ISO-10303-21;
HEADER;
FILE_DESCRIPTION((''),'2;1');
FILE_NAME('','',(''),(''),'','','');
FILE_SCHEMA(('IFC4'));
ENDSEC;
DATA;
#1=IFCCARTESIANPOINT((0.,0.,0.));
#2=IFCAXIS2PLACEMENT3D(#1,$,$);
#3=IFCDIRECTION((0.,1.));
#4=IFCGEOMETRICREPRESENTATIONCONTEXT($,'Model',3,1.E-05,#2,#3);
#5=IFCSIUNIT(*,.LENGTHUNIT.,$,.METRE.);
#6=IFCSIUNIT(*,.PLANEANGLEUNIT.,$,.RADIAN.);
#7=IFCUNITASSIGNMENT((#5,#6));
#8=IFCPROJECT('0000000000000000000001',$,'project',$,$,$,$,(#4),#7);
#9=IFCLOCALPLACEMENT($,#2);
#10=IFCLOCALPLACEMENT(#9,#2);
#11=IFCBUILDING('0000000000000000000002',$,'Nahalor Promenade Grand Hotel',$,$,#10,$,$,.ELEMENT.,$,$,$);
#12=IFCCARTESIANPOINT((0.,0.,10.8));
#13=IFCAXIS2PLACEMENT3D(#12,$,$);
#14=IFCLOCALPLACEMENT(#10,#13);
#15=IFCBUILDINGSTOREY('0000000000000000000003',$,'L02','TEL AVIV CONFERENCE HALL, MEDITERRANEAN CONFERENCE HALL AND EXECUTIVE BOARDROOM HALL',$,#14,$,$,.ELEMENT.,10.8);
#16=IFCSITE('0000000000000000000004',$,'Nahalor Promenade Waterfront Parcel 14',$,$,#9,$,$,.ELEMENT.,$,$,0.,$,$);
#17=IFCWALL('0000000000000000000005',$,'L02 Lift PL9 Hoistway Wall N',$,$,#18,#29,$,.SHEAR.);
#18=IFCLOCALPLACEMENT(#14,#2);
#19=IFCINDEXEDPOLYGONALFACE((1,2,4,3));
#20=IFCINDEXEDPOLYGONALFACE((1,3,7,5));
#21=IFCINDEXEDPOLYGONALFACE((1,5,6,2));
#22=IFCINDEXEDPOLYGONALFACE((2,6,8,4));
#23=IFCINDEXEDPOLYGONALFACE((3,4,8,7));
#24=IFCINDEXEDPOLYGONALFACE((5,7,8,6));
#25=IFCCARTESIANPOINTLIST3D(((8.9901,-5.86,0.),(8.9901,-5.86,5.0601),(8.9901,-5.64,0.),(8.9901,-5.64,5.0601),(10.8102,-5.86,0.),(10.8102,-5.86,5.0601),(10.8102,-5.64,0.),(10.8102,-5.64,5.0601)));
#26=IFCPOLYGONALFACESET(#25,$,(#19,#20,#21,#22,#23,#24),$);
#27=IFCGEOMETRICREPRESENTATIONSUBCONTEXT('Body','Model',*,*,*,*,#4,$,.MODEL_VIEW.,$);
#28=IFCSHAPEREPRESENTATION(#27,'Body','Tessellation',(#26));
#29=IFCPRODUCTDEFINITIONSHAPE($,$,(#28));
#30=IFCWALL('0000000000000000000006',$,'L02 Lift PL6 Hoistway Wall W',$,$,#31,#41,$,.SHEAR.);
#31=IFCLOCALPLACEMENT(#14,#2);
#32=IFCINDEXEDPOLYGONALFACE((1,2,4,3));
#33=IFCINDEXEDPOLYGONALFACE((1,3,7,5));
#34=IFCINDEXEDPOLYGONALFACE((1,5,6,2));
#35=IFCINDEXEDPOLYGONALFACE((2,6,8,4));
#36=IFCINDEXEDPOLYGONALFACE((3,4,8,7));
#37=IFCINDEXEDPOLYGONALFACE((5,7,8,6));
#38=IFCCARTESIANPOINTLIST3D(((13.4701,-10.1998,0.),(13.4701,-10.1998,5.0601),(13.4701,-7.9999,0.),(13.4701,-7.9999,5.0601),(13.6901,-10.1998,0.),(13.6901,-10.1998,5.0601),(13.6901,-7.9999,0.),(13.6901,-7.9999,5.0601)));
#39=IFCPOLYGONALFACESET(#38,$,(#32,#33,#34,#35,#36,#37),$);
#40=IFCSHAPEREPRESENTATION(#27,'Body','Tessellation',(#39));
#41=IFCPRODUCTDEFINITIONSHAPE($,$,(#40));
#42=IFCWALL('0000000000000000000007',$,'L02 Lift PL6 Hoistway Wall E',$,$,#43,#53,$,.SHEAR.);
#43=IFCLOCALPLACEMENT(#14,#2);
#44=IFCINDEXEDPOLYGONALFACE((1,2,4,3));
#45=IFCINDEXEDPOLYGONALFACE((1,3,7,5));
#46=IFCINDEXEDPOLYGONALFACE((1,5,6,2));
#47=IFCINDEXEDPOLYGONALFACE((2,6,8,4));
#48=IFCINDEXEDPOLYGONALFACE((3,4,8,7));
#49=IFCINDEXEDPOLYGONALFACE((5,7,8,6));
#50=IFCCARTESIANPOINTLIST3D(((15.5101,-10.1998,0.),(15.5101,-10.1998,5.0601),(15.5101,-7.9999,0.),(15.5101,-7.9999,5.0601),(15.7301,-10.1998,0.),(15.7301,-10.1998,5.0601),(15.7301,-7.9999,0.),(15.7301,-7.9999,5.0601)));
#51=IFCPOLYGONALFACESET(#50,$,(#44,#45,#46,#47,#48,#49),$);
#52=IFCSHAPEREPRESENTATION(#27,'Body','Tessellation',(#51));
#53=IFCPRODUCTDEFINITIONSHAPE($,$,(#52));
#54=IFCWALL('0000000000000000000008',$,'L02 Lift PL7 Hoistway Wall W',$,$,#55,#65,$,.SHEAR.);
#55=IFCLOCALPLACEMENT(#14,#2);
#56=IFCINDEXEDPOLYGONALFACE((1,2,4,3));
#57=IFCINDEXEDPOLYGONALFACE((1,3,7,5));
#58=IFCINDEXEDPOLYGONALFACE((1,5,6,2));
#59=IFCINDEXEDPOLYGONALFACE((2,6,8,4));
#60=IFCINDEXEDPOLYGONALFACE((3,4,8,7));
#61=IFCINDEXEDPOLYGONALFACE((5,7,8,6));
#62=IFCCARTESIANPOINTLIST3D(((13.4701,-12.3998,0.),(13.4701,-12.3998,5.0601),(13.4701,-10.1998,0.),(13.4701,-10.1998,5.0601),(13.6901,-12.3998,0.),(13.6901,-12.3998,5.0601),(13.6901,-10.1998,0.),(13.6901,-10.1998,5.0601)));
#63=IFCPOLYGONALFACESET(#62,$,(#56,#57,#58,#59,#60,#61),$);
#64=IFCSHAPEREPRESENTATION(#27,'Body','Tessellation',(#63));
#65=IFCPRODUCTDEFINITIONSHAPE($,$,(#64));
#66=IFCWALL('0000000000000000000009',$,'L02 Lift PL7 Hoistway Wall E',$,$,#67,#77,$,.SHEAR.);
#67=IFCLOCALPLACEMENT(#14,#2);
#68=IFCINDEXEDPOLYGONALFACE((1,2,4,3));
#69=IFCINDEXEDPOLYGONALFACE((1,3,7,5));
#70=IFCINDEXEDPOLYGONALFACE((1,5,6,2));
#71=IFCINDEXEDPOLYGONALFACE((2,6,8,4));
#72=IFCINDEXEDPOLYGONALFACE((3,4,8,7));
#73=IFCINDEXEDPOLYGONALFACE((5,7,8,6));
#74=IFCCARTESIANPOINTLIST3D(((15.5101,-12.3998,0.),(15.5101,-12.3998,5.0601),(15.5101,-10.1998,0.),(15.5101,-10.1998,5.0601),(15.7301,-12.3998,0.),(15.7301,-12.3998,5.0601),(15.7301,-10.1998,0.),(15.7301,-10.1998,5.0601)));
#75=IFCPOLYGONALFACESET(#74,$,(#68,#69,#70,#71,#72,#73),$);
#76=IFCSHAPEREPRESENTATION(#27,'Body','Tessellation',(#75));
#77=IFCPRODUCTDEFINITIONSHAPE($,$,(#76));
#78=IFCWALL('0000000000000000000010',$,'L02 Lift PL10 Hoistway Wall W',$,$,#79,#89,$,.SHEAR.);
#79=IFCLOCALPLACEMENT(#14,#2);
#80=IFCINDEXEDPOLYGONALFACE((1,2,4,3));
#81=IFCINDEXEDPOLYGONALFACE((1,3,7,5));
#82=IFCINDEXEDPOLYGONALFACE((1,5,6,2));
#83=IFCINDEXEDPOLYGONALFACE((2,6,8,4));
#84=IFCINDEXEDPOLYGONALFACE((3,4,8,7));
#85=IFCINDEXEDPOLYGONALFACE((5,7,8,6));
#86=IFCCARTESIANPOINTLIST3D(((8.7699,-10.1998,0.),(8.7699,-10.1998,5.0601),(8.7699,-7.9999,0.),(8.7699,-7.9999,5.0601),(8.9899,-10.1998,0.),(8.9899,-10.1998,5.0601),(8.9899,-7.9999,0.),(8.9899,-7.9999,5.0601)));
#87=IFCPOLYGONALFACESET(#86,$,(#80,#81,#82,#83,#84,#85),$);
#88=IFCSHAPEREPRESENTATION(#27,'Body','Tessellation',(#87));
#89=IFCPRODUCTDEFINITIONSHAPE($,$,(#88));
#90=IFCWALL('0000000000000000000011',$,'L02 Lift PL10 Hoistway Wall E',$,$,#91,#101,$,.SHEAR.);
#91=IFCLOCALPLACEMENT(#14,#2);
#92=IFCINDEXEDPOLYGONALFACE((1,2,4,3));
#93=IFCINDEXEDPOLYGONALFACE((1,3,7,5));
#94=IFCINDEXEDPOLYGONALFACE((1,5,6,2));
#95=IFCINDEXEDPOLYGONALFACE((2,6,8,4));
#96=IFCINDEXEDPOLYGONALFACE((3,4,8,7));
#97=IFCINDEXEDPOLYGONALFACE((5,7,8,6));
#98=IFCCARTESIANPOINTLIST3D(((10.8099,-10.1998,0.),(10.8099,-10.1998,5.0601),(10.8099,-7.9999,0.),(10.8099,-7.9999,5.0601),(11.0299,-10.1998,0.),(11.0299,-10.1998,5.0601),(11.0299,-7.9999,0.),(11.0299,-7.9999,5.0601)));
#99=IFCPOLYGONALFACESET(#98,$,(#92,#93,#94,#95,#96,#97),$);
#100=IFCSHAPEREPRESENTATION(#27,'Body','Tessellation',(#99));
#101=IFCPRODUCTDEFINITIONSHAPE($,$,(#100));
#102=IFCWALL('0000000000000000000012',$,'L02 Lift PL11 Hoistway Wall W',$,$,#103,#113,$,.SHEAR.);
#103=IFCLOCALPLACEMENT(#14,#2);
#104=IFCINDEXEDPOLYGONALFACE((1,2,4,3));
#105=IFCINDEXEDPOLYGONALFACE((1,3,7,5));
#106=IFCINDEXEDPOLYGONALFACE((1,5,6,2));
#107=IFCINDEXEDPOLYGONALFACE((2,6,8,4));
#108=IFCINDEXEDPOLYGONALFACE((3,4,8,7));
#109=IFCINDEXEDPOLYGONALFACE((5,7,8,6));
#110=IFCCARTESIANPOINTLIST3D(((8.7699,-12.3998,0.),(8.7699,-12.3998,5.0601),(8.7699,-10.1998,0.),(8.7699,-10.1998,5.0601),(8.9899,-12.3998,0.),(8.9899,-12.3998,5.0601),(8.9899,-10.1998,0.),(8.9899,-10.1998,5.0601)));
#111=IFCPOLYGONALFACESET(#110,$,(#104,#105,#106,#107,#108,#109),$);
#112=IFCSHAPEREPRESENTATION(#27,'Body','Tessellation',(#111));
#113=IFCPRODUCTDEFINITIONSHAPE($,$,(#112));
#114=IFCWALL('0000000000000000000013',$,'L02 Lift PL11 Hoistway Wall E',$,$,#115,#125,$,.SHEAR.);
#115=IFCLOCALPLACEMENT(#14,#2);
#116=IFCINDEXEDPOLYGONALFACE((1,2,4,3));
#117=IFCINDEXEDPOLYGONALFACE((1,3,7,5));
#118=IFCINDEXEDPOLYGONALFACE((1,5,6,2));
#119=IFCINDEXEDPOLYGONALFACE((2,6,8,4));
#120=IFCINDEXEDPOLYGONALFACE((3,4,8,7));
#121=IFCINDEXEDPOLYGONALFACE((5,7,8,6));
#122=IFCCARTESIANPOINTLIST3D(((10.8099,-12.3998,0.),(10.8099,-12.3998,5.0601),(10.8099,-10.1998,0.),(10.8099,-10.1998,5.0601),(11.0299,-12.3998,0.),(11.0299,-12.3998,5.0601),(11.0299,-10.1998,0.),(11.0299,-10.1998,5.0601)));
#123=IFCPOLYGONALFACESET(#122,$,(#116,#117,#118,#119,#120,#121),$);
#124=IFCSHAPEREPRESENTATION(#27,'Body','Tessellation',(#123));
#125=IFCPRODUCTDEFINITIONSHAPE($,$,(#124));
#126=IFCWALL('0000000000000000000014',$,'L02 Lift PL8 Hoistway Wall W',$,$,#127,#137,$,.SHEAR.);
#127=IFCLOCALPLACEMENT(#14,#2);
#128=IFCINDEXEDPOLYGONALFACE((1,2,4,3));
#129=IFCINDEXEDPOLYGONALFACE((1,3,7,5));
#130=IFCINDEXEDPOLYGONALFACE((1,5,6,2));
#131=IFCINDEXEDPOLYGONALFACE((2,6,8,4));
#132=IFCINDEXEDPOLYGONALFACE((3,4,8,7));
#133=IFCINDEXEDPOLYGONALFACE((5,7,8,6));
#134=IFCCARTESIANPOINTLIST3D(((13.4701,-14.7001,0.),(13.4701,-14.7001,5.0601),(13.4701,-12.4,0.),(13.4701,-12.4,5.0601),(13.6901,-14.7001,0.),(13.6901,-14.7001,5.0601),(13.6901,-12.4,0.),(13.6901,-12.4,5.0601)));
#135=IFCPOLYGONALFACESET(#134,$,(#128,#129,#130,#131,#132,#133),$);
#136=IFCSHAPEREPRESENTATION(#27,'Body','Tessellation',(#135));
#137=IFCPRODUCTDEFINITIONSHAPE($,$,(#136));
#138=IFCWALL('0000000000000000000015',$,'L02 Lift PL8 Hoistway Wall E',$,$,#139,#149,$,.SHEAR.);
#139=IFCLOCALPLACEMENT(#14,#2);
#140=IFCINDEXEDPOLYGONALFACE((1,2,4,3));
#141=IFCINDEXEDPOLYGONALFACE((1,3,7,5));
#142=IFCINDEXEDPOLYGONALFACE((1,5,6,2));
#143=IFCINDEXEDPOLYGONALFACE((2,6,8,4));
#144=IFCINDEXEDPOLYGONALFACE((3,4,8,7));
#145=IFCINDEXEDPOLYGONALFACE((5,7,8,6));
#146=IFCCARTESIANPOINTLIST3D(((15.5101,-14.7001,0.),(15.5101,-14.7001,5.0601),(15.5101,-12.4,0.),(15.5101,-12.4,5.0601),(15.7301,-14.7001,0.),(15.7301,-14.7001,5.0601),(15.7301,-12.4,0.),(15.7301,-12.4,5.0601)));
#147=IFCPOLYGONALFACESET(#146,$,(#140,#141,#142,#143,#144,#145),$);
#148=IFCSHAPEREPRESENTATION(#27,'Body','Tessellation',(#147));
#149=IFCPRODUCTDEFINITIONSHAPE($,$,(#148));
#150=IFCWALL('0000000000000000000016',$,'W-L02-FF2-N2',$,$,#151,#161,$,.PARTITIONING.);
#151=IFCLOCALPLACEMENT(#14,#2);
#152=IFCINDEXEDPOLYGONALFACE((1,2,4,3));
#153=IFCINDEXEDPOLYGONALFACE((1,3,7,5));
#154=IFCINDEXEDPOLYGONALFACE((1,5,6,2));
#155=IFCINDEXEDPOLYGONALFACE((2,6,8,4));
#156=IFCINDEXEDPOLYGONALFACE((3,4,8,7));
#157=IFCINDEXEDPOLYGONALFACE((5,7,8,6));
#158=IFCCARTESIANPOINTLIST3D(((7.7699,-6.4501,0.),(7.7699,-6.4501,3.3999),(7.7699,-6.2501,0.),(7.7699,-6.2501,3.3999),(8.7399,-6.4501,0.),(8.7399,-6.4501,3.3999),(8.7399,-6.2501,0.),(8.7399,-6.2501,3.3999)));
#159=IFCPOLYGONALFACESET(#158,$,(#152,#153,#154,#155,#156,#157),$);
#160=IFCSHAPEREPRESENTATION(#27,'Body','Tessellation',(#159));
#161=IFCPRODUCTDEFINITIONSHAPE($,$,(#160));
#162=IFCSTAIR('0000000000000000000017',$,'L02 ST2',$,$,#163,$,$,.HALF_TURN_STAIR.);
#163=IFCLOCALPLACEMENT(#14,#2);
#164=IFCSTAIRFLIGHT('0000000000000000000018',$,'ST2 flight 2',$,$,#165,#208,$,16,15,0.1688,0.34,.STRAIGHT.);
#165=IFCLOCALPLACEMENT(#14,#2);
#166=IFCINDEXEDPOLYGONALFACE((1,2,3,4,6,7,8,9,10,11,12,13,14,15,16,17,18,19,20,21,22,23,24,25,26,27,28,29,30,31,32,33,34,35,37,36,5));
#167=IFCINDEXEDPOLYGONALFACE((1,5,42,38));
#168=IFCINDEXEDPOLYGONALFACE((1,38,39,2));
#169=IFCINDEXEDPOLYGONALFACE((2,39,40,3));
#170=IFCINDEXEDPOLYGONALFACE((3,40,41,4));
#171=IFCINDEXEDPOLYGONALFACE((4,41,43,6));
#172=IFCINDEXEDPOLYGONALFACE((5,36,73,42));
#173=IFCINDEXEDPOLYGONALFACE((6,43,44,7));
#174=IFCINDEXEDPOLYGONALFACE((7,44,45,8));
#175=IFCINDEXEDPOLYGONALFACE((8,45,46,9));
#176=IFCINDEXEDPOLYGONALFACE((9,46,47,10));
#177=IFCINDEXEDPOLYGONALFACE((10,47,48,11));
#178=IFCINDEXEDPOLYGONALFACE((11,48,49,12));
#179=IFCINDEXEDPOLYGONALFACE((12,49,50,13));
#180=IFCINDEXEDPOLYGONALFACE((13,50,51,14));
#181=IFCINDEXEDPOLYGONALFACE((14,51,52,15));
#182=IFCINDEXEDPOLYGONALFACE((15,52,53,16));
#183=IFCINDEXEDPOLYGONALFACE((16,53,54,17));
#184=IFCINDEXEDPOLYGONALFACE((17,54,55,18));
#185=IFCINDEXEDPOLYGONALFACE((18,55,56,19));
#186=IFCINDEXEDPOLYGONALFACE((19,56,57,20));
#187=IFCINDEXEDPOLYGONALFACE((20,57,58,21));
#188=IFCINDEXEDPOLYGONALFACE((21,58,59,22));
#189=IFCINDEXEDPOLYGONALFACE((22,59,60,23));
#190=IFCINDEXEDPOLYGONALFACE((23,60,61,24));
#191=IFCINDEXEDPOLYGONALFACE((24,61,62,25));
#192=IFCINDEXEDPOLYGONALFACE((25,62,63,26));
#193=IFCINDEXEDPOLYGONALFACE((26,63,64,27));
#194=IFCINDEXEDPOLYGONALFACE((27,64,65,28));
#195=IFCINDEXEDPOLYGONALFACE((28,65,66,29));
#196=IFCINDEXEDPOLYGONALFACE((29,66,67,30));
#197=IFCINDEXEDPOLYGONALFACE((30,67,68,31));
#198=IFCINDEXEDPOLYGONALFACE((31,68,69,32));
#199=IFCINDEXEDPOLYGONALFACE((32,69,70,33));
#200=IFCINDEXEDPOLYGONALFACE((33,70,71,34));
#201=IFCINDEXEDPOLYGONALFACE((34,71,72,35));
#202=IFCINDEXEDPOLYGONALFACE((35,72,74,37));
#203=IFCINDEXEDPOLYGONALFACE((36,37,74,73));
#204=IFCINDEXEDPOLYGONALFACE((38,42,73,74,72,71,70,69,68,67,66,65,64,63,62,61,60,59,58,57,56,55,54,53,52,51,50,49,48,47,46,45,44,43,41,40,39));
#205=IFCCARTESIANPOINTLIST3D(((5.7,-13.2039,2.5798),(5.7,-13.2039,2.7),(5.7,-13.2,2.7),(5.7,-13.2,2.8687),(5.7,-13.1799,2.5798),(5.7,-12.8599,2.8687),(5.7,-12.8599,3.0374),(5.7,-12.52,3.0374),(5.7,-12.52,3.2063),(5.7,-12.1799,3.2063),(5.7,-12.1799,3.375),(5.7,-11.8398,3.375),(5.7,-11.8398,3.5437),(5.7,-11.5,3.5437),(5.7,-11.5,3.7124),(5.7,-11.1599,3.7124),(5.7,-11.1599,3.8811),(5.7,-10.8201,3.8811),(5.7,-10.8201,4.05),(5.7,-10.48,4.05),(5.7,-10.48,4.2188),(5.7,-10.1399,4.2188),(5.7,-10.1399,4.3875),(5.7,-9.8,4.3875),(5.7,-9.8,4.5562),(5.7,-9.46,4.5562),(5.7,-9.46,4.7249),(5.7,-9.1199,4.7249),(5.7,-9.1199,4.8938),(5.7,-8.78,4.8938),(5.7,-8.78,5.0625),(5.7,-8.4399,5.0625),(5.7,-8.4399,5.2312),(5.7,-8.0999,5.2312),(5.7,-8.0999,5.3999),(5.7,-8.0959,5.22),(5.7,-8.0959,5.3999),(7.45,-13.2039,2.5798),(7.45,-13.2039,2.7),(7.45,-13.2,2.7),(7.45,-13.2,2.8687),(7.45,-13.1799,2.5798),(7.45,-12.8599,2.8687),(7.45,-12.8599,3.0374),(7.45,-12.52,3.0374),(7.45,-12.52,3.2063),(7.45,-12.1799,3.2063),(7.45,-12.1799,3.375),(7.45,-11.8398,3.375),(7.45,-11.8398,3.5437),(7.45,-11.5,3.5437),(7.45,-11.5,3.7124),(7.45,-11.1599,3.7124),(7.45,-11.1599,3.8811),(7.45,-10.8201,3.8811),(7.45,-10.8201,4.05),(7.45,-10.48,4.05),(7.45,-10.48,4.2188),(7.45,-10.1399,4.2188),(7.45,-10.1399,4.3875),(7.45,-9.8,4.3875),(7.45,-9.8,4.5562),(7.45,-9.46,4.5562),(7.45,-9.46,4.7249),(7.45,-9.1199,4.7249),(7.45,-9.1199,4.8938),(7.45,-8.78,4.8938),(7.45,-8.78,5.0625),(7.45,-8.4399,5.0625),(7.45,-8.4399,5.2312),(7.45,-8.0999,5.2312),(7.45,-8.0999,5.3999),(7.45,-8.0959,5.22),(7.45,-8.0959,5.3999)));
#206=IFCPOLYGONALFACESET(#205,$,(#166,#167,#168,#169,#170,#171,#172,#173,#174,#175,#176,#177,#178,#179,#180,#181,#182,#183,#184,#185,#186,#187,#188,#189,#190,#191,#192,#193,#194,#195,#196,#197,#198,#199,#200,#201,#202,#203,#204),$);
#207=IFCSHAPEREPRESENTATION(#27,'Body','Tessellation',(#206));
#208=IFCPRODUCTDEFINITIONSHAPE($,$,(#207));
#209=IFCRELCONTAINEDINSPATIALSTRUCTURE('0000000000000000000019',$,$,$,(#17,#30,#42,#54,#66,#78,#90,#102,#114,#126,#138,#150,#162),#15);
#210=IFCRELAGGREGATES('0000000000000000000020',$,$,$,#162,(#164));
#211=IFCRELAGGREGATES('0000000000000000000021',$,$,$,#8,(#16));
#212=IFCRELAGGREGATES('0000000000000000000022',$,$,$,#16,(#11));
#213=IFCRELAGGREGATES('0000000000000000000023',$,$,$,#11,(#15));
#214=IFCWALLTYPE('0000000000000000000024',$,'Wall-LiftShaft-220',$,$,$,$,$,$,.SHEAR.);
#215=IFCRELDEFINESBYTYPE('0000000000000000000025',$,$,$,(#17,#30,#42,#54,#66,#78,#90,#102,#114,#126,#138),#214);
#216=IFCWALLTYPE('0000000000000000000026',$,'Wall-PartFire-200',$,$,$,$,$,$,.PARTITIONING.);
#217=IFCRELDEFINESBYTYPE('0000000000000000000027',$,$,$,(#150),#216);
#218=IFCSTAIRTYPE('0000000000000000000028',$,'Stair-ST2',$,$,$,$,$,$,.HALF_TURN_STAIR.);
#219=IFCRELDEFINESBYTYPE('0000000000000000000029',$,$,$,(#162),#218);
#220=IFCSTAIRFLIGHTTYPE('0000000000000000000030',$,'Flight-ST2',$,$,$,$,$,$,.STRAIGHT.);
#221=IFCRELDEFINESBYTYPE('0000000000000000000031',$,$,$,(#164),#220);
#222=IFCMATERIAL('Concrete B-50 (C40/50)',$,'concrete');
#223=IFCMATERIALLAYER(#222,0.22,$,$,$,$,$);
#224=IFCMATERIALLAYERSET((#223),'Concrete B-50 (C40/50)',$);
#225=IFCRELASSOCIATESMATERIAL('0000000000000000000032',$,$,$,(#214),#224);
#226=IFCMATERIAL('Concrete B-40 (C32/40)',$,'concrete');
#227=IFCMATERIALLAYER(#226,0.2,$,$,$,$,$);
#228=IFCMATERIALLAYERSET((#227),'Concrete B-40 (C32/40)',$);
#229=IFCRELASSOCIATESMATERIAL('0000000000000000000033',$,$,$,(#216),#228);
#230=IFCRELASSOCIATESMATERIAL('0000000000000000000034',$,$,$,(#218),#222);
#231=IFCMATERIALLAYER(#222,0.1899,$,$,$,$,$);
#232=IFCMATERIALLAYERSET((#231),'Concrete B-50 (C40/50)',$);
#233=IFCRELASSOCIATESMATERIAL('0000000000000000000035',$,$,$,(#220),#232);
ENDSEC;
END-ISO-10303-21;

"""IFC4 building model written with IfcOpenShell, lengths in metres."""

from ifc_helpers import new_model, si_unit, direction, frame, frame_2d, origin, place, context, subcontext, project, spatial, polyline, rectangle, outline, extrude, source, transform, mapped, material, layer, layer_set, type_object, element, aggregate, save


model = new_model("IFC4")

# Units and contexts
model_context = context("Model", 3, precision=1e-05, world=origin(), true_north=direction((0.0, 1.0)))
body_context = subcontext(model_context, "Body", "Model", "MODEL_VIEW")
ifc_project = project(units=[si_unit("LENGTHUNIT", "METRE"), si_unit("PLANEANGLEUNIT", "RADIAN")], contexts=[model_context])

# Site, building, storey
site_placement = place(None, origin())
site = spatial("IfcSite", under=ifc_project, at=site_placement, Name="Nahalor Promenade Waterfront Parcel 14", CompositionType="ELEMENT", RefElevation=0.0)
building_placement = place(site_placement, origin())
building = spatial("IfcBuilding", under=site, at=building_placement, Name="Nahalor Promenade Grand Hotel", CompositionType="ELEMENT")
storey_placement = place(building_placement, frame((0.0, 0.0, 10.8)))
storey = spatial("IfcBuildingStorey", under=building, at=storey_placement, Name="L02", Description="TEL AVIV CONFERENCE HALL, MEDITERRANEAN CONFERENCE HALL AND EXECUTIVE BOARDROOM HALL", CompositionType="ELEMENT", Elevation=10.8)

# Walls
ifc_material_1 = material(Name="Concrete B-50 (C40/50)", Category="concrete")
ifc_layer_1 = layer(ifc_material_1, 0.22)
ifc_layer_set_1 = layer_set([ifc_layer_1], Name="Concrete B-50 (C40/50)")
wall_type_1 = type_object("IfcWallType", Name="Wall-LiftShaft-220", PredefinedType="SHEAR", material=ifc_layer_set_1)
shared_shape_1 = source(origin(), body_context, "Body", "SweptSolid", [
    extrude(rectangle(XDim=1.8201, YDim=0.22, at=frame_2d((0.9102, 0.0))), origin(), (0.0, 0.0, 1.0), 5.0601),
])
for number, where, z_axis, x_axis, name in (
    (1, (8.99, -5.75, 0.0), (0.0, 0.0, 1.0), (1.0, 0.0, 0.0), "L02 Lift PL9 Hoistway Wall N"),
):
    element("IfcWall", number, at=place(storey_placement, frame(where, z_axis=z_axis, x_axis=x_axis)), inside=storey, type_object=wall_type_1, Name=name, PredefinedType="SHEAR", context=body_context, shape_type="MappedRepresentation", body=[
        mapped(shared_shape_1, transform((0.0, 0.0, 0.0), scale=1.0)),
    ])
shared_shape_2 = source(origin(), body_context, "Body", "SweptSolid", [
    extrude(rectangle(XDim=2.2, YDim=0.22, at=frame_2d((1.1001, 0.0))), origin(), (0.0, 0.0, 1.0), 5.0601),
])
for number, where, z_axis, x_axis, name in (
    (2, (13.5801, -10.2, 0.0), (0.0, 0.0, 1.0), (0.0, 1.0, 0.0), "L02 Lift PL6 Hoistway Wall W"),
    (3, (15.6201, -10.2, 0.0), (0.0, 0.0, 1.0), (0.0, 1.0, 0.0), "L02 Lift PL6 Hoistway Wall E"),
    (4, (13.5801, -12.3999, 0.0), (0.0, 0.0, 1.0), (0.0, 1.0, 0.0), "L02 Lift PL7 Hoistway Wall W"),
    (5, (15.6201, -12.3999, 0.0), (0.0, 0.0, 1.0), (0.0, 1.0, 0.0), "L02 Lift PL7 Hoistway Wall E"),
    (6, (8.8799, -10.2, 0.0), (0.0, 0.0, 1.0), (0.0, 1.0, 0.0), "L02 Lift PL10 Hoistway Wall W"),
    (7, (10.9199, -10.2, 0.0), (0.0, 0.0, 1.0), (0.0, 1.0, 0.0), "L02 Lift PL10 Hoistway Wall E"),
    (8, (8.8799, -12.3999, 0.0), (0.0, 0.0, 1.0), (0.0, 1.0, 0.0), "L02 Lift PL11 Hoistway Wall W"),
    (9, (10.9199, -12.3999, 0.0), (0.0, 0.0, 1.0), (0.0, 1.0, 0.0), "L02 Lift PL11 Hoistway Wall E"),
):
    element("IfcWall", number, at=place(storey_placement, frame(where, z_axis=z_axis, x_axis=x_axis)), inside=storey, type_object=wall_type_1, Name=name, PredefinedType="SHEAR", context=body_context, shape_type="MappedRepresentation", body=[
        mapped(shared_shape_2, transform((0.0, 0.0, 0.0), scale=1.0)),
    ])
shared_shape_3 = source(origin(), body_context, "Body", "SweptSolid", [
    extrude(rectangle(XDim=2.3, YDim=0.22, at=frame_2d((1.1499, 0.0))), origin(), (0.0, 0.0, 1.0), 5.0601),
])
for number, where, z_axis, x_axis, name in (
    (10, (13.5801, -14.7, 0.0), (0.0, 0.0, 1.0), (0.0, 1.0, 0.0), "L02 Lift PL8 Hoistway Wall W"),
    (11, (15.6201, -14.7, 0.0), (0.0, 0.0, 1.0), (0.0, 1.0, 0.0), "L02 Lift PL8 Hoistway Wall E"),
):
    element("IfcWall", number, at=place(storey_placement, frame(where, z_axis=z_axis, x_axis=x_axis)), inside=storey, type_object=wall_type_1, Name=name, PredefinedType="SHEAR", context=body_context, shape_type="MappedRepresentation", body=[
        mapped(shared_shape_3, transform((0.0, 0.0, 0.0), scale=1.0)),
    ])
ifc_material_2 = material(Name="Concrete B-40 (C32/40)", Category="concrete")
ifc_layer_2 = layer(ifc_material_2, 0.2)
ifc_layer_set_2 = layer_set([ifc_layer_2], Name="Concrete B-40 (C32/40)")
wall_type_2 = type_object("IfcWallType", Name="Wall-PartFire-200", PredefinedType="PARTITIONING", material=ifc_layer_set_2)
shared_shape_4 = source(origin(), body_context, "Body", "SweptSolid", [
    extrude(rectangle(XDim=0.97, YDim=0.2, at=frame_2d((0.4849, 0.0))), origin(), (0.0, 0.0, 1.0), 3.3999),
])
wall_placement = place(storey_placement, frame((7.77, -6.3501, 0.0), z_axis=(0.0, 0.0, 1.0), x_axis=(1.0, 0.0, 0.0)))
element("IfcWall", 12, at=wall_placement, inside=storey, type_object=wall_type_2, Name="W-L02-FF2-N2", PredefinedType="PARTITIONING", context=body_context, shape_type="MappedRepresentation", body=[
    mapped(shared_shape_4, transform((0.0, 0.0, 0.0), scale=1.0)),
])

# Stair, stair flight
stair_type = type_object("IfcStairType", Name="Stair-ST2", PredefinedType="HALF_TURN_STAIR", material=ifc_material_1)
stair_placement = place(storey_placement, origin())
stair = element("IfcStair", 13, at=stair_placement, inside=storey, type_object=stair_type, Name="L02 ST2", PredefinedType="HALF_TURN_STAIR")
ifc_layer_3 = layer(ifc_material_1, 0.1899)
ifc_layer_set_3 = layer_set([ifc_layer_3], Name="Concrete B-50 (C40/50)")
stair_flight_type = type_object("IfcStairFlightType", Name="Flight-ST2", PredefinedType="STRAIGHT", material=ifc_layer_set_3)
shared_shape_5 = source(origin(), body_context, "Body", "SweptSolid", [
    extrude(outline(polyline([(-0.0039, -0.1201), (-0.0039, 0.0), (0.0, 0.0), (0.0, 0.1687), (0.3401, 0.1687), (0.3401, 0.3374), (0.6799, 0.3374), (0.6799, 0.5063), (1.02, 0.5063), (1.02, 0.675), (1.3601, 0.675), (1.3601, 0.8438), (1.7, 0.8438), (1.7, 1.0125), (2.04, 1.0125), (2.04, 1.1812), (2.3799, 1.1812), (2.3799, 1.3501), (2.72, 1.3501), (2.72, 1.5188), (3.0601, 1.5188), (3.0601, 1.6875), (3.3999, 1.6875), (3.3999, 1.8562), (3.74, 1.8562), (3.74, 2.0249), (4.0801, 2.0249), (4.0801, 2.1938), (4.4199, 2.1938), (4.4199, 2.3625), (4.76, 2.3625), (4.76, 2.5312), (5.1001, 2.5312), (5.1001, 2.7), (5.104, 2.7), (5.104, 2.52), (0.02, -0.1201), (-0.0039, -0.1201)])), frame((0.0, 0.875, 0.0), z_axis=(0.0, -1.0, 0.0), x_axis=(1.0, 0.0, 0.0)), (0.0, 0.0, 1.0), 1.75),
])
stair_flight_placement = place(storey_placement, frame((6.575, -13.2, 2.7), z_axis=(0.0, 0.0, 1.0), x_axis=(0.0, 1.0, 0.0)))
stair_flight = element("IfcStairFlight", 14, at=stair_flight_placement, type_object=stair_flight_type, Name="ST2 flight 2", NumberOfRisers=16, NumberOfTreads=15, PredefinedType="STRAIGHT", RiserHeight=0.1688, TreadLength=0.34, context=body_context, shape_type="MappedRepresentation", body=[
    mapped(shared_shape_5, transform((0.0, 0.0, 0.0), scale=1.0)),
])
aggregate(stair, [stair_flight])

save(model, "model.ifc")
